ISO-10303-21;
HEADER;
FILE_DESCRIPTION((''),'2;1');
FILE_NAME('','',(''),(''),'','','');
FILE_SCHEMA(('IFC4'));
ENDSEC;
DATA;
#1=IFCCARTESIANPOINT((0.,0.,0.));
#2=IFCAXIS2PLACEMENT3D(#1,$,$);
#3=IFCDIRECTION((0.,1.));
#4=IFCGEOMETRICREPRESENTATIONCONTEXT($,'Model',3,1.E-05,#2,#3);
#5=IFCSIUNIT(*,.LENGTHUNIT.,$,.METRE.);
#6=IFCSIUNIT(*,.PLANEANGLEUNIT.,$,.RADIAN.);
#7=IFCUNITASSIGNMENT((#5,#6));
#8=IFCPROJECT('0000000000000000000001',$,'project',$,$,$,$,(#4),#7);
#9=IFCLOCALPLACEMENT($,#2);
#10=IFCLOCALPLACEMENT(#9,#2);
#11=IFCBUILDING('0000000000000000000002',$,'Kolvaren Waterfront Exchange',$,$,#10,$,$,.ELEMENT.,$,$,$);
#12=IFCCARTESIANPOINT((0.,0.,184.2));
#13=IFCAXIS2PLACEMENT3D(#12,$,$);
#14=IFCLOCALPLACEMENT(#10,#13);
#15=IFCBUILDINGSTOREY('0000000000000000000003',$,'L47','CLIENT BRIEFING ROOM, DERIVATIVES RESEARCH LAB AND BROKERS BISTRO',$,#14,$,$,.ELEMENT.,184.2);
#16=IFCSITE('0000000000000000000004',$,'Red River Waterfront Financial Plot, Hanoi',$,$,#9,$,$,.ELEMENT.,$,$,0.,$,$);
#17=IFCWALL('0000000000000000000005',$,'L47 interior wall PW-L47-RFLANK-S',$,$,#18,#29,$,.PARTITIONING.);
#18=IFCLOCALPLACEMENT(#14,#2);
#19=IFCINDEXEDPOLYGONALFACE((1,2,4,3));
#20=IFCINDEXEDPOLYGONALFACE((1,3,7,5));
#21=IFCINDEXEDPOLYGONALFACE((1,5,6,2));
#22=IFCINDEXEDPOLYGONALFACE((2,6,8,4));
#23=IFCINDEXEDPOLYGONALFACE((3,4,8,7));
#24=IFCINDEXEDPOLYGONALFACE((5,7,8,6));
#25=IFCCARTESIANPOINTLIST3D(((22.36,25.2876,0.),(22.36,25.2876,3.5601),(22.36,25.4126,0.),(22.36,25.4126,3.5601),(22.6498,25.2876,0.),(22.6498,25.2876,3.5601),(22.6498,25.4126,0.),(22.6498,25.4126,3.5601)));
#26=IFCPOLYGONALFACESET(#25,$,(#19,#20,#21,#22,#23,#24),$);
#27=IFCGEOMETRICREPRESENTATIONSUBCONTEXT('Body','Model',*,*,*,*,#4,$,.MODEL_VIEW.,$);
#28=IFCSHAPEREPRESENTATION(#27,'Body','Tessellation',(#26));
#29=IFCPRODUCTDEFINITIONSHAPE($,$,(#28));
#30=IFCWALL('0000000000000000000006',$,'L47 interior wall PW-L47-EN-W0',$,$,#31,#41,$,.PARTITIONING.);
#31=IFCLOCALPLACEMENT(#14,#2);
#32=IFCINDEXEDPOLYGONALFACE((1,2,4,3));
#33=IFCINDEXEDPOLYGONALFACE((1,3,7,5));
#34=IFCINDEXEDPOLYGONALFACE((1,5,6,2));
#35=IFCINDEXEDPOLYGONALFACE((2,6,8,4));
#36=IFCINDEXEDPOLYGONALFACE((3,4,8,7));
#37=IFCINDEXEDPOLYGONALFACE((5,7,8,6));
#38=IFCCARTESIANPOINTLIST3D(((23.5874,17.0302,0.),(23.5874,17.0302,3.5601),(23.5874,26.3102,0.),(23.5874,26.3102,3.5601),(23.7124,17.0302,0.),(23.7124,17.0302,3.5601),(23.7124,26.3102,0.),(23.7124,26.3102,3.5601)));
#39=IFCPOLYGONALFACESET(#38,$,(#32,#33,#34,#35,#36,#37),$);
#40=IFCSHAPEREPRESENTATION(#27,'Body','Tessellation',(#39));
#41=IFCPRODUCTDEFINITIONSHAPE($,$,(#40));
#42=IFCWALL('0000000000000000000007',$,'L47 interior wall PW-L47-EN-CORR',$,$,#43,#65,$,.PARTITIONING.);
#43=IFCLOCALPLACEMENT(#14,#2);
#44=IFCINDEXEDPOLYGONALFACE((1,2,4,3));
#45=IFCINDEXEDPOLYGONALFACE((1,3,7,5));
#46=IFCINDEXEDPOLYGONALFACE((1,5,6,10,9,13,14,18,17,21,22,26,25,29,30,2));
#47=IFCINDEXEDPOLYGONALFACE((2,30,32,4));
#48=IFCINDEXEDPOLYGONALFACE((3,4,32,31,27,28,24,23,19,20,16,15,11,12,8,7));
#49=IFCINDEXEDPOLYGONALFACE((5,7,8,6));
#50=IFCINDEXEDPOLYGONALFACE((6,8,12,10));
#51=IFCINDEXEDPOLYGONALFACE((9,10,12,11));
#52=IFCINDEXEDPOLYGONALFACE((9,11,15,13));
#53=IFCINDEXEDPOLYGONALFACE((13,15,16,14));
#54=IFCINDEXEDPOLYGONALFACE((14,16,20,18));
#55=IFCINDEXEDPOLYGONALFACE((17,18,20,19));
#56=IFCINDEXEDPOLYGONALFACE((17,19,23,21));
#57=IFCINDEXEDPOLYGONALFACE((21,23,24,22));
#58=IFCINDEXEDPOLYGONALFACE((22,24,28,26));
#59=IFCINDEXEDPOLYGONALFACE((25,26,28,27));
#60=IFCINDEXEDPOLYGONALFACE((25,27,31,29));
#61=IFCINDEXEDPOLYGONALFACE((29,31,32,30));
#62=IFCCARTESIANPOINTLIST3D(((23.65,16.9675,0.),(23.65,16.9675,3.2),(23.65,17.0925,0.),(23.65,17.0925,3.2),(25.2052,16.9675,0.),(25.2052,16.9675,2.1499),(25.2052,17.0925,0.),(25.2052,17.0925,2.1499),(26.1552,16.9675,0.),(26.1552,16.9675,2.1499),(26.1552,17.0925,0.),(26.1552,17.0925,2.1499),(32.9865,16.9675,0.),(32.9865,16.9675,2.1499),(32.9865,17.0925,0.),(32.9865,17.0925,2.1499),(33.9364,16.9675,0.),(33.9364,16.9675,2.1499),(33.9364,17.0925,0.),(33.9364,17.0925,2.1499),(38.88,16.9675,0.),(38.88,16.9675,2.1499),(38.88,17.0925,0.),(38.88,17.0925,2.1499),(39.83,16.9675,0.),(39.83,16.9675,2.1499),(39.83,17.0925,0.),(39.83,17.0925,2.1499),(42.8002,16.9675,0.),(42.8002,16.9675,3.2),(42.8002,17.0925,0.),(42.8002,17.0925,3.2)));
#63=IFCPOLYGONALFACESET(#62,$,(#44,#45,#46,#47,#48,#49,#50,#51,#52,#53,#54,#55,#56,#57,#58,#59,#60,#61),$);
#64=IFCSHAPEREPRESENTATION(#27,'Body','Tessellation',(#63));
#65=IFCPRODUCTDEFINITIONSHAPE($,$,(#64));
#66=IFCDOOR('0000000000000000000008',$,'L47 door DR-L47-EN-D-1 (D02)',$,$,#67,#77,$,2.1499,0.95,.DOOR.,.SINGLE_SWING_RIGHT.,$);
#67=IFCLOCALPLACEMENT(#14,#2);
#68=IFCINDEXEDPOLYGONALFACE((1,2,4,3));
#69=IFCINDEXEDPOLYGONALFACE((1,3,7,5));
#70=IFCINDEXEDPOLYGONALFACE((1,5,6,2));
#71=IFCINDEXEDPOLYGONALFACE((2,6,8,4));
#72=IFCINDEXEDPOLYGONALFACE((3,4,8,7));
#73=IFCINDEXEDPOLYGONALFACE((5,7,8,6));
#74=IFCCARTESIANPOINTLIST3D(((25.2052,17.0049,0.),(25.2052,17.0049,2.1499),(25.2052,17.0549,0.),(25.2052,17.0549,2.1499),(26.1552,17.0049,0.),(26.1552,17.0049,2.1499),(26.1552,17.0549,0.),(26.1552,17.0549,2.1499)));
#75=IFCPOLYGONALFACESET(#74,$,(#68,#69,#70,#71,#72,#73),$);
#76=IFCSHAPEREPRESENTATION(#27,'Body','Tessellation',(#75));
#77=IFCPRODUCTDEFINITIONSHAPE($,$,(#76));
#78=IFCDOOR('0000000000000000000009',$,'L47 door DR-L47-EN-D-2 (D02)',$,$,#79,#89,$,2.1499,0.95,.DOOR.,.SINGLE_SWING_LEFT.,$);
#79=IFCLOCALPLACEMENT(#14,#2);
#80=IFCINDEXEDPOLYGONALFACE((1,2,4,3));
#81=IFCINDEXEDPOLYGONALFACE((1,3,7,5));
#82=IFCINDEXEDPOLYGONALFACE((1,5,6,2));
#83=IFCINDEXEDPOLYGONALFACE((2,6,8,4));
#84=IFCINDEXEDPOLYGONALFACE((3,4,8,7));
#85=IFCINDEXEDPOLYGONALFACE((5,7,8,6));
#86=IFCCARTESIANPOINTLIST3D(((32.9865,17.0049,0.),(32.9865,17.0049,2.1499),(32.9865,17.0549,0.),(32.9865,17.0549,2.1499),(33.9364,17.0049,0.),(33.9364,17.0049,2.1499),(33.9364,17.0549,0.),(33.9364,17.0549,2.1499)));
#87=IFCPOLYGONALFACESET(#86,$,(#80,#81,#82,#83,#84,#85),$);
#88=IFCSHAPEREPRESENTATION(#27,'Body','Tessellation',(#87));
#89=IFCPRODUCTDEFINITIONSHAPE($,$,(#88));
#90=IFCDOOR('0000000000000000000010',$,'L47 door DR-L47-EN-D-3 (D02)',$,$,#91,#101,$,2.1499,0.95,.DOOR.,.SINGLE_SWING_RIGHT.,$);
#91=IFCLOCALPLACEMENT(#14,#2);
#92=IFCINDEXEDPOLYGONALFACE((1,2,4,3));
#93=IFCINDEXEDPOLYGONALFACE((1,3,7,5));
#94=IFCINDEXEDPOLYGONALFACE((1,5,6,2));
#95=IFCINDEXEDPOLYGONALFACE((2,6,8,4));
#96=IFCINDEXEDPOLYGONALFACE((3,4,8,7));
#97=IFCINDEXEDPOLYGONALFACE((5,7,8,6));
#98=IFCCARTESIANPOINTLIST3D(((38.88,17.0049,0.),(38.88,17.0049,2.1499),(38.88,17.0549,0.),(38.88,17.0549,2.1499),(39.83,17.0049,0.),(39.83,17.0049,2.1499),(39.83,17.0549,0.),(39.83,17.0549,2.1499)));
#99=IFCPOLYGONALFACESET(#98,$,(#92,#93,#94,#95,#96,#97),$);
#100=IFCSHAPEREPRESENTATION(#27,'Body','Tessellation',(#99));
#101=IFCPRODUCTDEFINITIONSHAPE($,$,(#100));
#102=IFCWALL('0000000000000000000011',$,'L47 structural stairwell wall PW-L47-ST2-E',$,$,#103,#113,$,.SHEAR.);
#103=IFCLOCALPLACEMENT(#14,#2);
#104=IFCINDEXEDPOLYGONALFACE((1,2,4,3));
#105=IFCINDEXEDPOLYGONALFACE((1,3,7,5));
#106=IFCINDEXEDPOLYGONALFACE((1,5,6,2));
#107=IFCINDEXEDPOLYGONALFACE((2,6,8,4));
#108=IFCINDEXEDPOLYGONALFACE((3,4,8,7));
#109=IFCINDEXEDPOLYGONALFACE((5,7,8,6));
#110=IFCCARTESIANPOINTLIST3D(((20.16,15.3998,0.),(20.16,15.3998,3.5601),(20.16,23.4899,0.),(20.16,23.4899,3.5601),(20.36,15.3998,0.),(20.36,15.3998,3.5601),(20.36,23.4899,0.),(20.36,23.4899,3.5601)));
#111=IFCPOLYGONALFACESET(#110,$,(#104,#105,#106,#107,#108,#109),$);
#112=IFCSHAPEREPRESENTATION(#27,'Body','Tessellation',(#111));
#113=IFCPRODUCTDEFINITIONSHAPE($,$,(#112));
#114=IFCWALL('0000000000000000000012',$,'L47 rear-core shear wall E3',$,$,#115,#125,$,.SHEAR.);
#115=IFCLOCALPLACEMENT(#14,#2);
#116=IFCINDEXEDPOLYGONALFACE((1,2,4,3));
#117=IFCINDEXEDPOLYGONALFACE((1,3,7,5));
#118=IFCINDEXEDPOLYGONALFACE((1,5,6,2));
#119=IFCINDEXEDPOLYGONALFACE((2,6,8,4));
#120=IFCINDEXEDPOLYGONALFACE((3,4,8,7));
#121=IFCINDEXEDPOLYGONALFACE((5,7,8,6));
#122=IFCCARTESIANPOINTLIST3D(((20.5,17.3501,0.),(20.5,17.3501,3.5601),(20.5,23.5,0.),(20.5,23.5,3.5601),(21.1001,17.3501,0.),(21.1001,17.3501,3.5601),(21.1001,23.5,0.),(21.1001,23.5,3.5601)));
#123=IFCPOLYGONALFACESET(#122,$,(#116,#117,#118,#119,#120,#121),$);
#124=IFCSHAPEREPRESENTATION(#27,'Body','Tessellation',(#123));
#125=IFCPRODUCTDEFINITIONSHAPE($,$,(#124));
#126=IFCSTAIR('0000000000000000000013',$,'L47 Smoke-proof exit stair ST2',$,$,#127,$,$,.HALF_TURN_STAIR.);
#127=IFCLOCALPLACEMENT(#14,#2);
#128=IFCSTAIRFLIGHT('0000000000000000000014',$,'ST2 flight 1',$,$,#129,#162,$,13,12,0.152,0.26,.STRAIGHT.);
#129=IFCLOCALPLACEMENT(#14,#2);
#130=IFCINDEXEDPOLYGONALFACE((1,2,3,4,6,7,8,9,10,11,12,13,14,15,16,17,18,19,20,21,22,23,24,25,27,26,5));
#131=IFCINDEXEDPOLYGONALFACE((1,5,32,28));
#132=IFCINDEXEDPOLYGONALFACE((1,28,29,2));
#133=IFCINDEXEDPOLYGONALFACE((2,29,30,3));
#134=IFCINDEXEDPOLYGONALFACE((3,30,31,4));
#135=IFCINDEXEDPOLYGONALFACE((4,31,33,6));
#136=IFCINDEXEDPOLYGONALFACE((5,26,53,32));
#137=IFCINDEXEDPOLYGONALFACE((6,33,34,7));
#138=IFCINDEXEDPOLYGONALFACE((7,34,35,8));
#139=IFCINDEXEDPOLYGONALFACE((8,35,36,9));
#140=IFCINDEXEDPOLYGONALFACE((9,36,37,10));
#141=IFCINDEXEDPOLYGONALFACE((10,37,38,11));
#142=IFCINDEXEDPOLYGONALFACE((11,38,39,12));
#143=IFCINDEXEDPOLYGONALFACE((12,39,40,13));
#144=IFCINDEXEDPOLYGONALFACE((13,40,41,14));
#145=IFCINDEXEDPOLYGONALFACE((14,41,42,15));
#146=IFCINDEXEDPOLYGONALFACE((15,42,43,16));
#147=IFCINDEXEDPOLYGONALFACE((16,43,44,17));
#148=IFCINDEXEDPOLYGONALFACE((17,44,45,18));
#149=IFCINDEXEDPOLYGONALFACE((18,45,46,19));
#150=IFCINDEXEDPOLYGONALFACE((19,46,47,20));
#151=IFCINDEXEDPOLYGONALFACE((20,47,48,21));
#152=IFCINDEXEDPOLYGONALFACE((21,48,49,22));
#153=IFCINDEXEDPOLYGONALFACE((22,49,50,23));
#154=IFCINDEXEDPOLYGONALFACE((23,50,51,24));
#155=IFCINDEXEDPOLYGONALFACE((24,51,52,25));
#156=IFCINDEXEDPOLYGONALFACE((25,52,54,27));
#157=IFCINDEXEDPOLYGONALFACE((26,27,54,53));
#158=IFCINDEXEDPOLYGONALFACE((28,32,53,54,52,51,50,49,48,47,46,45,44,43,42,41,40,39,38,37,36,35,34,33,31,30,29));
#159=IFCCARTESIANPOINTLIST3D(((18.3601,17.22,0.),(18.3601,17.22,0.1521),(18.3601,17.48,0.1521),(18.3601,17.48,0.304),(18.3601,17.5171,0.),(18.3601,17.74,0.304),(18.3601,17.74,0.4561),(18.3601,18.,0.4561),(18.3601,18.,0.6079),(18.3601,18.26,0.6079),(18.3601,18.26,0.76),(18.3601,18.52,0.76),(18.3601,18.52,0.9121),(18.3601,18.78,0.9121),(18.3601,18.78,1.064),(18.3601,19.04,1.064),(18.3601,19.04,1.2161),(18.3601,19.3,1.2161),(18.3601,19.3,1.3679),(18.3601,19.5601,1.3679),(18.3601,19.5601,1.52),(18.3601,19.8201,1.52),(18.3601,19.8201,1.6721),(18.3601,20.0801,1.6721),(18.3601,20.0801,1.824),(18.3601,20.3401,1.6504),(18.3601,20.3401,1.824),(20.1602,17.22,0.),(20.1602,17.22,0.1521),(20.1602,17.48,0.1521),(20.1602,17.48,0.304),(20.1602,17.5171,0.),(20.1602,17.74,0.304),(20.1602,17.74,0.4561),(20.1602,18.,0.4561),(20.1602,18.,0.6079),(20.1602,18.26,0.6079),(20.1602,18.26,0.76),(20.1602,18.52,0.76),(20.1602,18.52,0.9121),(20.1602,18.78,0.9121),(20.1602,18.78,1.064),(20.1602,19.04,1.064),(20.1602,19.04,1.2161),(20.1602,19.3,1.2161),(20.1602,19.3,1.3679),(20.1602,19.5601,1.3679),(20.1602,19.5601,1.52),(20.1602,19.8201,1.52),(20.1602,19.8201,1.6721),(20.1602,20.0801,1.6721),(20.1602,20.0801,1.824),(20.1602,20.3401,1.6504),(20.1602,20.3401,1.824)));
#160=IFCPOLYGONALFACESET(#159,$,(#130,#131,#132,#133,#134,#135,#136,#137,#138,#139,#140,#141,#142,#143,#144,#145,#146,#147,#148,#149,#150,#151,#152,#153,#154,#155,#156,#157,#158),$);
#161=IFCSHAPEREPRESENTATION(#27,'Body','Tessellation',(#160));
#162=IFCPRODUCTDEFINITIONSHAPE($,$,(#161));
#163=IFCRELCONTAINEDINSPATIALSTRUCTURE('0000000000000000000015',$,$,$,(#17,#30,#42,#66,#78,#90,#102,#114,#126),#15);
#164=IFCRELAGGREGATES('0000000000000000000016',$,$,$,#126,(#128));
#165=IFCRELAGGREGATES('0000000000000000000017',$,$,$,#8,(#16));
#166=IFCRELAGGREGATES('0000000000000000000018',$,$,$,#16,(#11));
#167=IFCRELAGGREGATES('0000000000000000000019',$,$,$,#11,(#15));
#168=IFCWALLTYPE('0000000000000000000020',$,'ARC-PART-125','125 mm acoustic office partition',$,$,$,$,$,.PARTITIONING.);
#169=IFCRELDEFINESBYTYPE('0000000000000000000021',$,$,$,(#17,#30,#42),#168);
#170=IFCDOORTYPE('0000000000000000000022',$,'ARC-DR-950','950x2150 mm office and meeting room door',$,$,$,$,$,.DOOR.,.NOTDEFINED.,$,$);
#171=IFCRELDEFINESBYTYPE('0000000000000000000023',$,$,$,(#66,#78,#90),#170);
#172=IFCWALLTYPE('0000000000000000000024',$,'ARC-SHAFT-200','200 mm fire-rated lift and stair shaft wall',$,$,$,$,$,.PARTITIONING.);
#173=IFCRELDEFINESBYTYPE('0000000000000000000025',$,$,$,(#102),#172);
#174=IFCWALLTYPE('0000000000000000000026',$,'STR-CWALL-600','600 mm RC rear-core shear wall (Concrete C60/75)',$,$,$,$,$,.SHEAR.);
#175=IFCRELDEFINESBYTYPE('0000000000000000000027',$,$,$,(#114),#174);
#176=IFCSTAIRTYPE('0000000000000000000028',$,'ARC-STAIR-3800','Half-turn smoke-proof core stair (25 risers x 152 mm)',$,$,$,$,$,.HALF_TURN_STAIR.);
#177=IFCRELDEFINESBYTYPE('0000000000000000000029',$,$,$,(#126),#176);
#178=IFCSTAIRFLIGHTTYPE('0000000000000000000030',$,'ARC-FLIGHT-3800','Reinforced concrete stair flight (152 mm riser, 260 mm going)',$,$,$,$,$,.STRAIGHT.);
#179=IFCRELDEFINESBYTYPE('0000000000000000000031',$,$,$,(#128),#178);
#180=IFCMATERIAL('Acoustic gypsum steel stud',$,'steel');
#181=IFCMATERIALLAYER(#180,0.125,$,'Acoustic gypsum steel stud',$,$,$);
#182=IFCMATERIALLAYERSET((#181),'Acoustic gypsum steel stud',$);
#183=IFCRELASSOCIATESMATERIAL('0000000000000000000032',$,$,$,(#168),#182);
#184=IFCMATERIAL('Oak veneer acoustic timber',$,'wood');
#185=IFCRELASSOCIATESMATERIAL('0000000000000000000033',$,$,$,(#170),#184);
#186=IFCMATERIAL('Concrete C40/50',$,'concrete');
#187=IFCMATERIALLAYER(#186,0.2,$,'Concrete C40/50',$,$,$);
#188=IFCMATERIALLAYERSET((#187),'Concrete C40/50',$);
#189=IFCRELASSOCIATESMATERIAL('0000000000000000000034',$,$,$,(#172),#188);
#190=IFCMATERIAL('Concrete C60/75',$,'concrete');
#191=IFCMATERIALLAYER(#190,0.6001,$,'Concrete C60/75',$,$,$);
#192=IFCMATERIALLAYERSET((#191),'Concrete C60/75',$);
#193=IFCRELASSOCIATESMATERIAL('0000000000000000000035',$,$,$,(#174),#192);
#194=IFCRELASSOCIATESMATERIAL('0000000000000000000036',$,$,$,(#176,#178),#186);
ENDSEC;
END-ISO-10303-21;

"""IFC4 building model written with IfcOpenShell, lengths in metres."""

from ifc_helpers import new_model, si_unit, direction, frame, frame_2d, origin, place, context, subcontext, project, spatial, polyline, rectangle, outline, extrude, material, layer, layer_set, type_object, element, fill, aggregate, save


model = new_model("IFC4")

# Units and contexts
model_context = context("Model", 3, precision=1e-05, world=origin(), true_north=direction((0.0, 1.0)))
body_context = subcontext(model_context, "Body", "Model", "MODEL_VIEW")
ifc_project = project(units=[si_unit("LENGTHUNIT", "METRE"), si_unit("PLANEANGLEUNIT", "RADIAN")], contexts=[model_context])

# Site, building, storey
site_placement = place(None, origin())
site = spatial("IfcSite", under=ifc_project, at=site_placement, Name="Red River Waterfront Financial Plot, Hanoi", CompositionType="ELEMENT", RefElevation=0.0)
building_placement = place(site_placement, origin())
building = spatial("IfcBuilding", under=site, at=building_placement, Name="Kolvaren Waterfront Exchange", CompositionType="ELEMENT")
storey_placement = place(building_placement, frame((0.0, 0.0, 184.2)))
storey = spatial("IfcBuildingStorey", under=building, at=storey_placement, Name="L47", Description="CLIENT BRIEFING ROOM, DERIVATIVES RESEARCH LAB AND BROKERS BISTRO", CompositionType="ELEMENT", Elevation=184.2)

# Shared definitions
ifc_material_1 = material(Name="Concrete C60/75", Category="concrete")

# Shared definitions
ifc_material_2 = material(Name="Acoustic gypsum steel stud", Category="steel")
ifc_layer_1 = layer(ifc_material_2, 0.125, Name="Acoustic gypsum steel stud")
ifc_layer_set_1 = layer_set([ifc_layer_1], Name="Acoustic gypsum steel stud")
wall_type_1 = type_object("IfcWallType", Name="ARC-PART-125", Description="125 mm acoustic office partition", PredefinedType="PARTITIONING", material=ifc_layer_set_1)
ifc_material_3 = material(Name="Oak veneer acoustic timber", Category="wood")
door_type_1 = type_object("IfcDoorType", Name="ARC-DR-950", Description="950x2150 mm office and meeting room door", OperationType="NOTDEFINED", PredefinedType="DOOR", material=ifc_material_3)

# Walls
wall_1_placement = place(storey_placement, frame((22.6499, 25.3501, 0.0), z_axis=(0.0, 0.0, 1.0), x_axis=(-1.0, 0.0, 0.0)))
element("IfcWall", 1, at=wall_1_placement, inside=storey, type_object=wall_type_1, Name="L47 interior wall PW-L47-RFLANK-S", PredefinedType="PARTITIONING", context=body_context, shape_type="SweptSolid", body=[
    extrude(rectangle(XDim=0.2898, YDim=0.125, at=frame_2d((0.145, 0.0))), origin(), (0.0, 0.0, 1.0), 3.5601),
])
wall_2_placement = place(storey_placement, frame((23.6499, 17.03, 0.0), z_axis=(0.0, 0.0, 1.0), x_axis=(0.0, 1.0, 0.0)))
element("IfcWall", 2, at=wall_2_placement, inside=storey, type_object=wall_type_1, Name="L47 interior wall PW-L47-EN-W0", PredefinedType="PARTITIONING", context=body_context, shape_type="SweptSolid", body=[
    extrude(rectangle(XDim=9.28, YDim=0.125, at=frame_2d((4.6401, 0.0))), origin(), (0.0, 0.0, 1.0), 3.5601),
])

# Wall, openings, doors
wall_3_placement = place(storey_placement, frame((23.6499, 17.03, 0.0), z_axis=(0.0, 0.0, 1.0), x_axis=(1.0, 0.0, 0.0)))
wall_3 = element("IfcWall", 3, at=wall_3_placement, inside=storey, type_object=wall_type_1, Name="L47 interior wall PW-L47-EN-CORR", PredefinedType="PARTITIONING", context=body_context, shape_type="SweptSolid", body=[
    extrude(rectangle(XDim=19.1501, YDim=0.125, at=frame_2d((9.5752, 0.0))), origin(), (0.0, 0.0, 1.0), 3.2),
])
opening_1_placement = place(wall_3_placement, frame((1.5552, 0.0, 0.0)))
opening_1 = element("IfcOpeningElement", 4, at=opening_1_placement, cuts=wall_3, PredefinedType="OPENING", context=body_context, shape_type="SweptSolid", body=[
    extrude(rectangle(XDim=0.95, YDim=2.1499, at=frame_2d((0.4751, 1.075))), frame((0.0, 0.0725, 0.0), z_axis=(0.0, -1.0, 0.0), x_axis=(1.0, 0.0, 0.0)), (0.0, 0.0, 1.0), 0.145),
])
opening_2_placement = place(wall_3_placement, frame((9.3364, 0.0, 0.0)))
opening_2 = element("IfcOpeningElement", 5, at=opening_2_placement, cuts=wall_3, PredefinedType="OPENING", context=body_context, shape_type="SweptSolid", body=[
    extrude(rectangle(XDim=0.95, YDim=2.1499, at=frame_2d((0.4751, 1.075))), frame((0.0, 0.0725, 0.0), z_axis=(0.0, -1.0, 0.0), x_axis=(1.0, 0.0, 0.0)), (0.0, 0.0, 1.0), 0.145),
])
opening_3_placement = place(wall_3_placement, frame((15.23, 0.0, 0.0)))
opening_3 = element("IfcOpeningElement", 6, at=opening_3_placement, cuts=wall_3, PredefinedType="OPENING", context=body_context, shape_type="SweptSolid", body=[
    extrude(rectangle(XDim=0.95, YDim=2.1499, at=frame_2d((0.4751, 1.075))), frame((0.0, 0.0725, 0.0), z_axis=(0.0, -1.0, 0.0), x_axis=(1.0, 0.0, 0.0)), (0.0, 0.0, 1.0), 0.145),
])
door_1_placement = place(opening_1_placement, origin())
door_1 = element("IfcDoor", 7, at=door_1_placement, inside=storey, type_object=door_type_1, Name="L47 door DR-L47-EN-D-1 (D02)", OperationType="SINGLE_SWING_RIGHT", OverallHeight=2.1499, OverallWidth=0.95, PredefinedType="DOOR", context=body_context, shape_type="SweptSolid", body=[
    extrude(rectangle(XDim=0.95, YDim=2.1499, at=frame_2d((0.4751, 1.075))), frame((0.0, 0.0249, 0.0), z_axis=(0.0, -1.0, 0.0), x_axis=(1.0, 0.0, 0.0)), (0.0, 0.0, 1.0), 0.05),
])
fill(opening_1, door_1)
door_2_placement = place(opening_2_placement, origin())
door_2 = element("IfcDoor", 8, at=door_2_placement, inside=storey, type_object=door_type_1, Name="L47 door DR-L47-EN-D-2 (D02)", OperationType="SINGLE_SWING_LEFT", OverallHeight=2.1499, OverallWidth=0.95, PredefinedType="DOOR", context=body_context, shape_type="SweptSolid", body=[
    extrude(rectangle(XDim=0.95, YDim=2.1499, at=frame_2d((0.4751, 1.075))), frame((0.0, 0.0249, 0.0), z_axis=(0.0, -1.0, 0.0), x_axis=(1.0, 0.0, 0.0)), (0.0, 0.0, 1.0), 0.05),
])
fill(opening_2, door_2)
door_3_placement = place(opening_3_placement, origin())
door_3 = element("IfcDoor", 9, at=door_3_placement, inside=storey, type_object=door_type_1, Name="L47 door DR-L47-EN-D-3 (D02)", OperationType="SINGLE_SWING_RIGHT", OverallHeight=2.1499, OverallWidth=0.95, PredefinedType="DOOR", context=body_context, shape_type="SweptSolid", body=[
    extrude(rectangle(XDim=0.95, YDim=2.1499, at=frame_2d((0.4751, 1.075))), frame((0.0, 0.0249, 0.0), z_axis=(0.0, -1.0, 0.0), x_axis=(1.0, 0.0, 0.0)), (0.0, 0.0, 1.0), 0.05),
])
fill(opening_3, door_3)

# Walls
ifc_material_4 = material(Name="Concrete C40/50", Category="concrete")
ifc_layer_2 = layer(ifc_material_4, 0.2, Name="Concrete C40/50")
ifc_layer_set_2 = layer_set([ifc_layer_2], Name="Concrete C40/50")
wall_type_2 = type_object("IfcWallType", Name="ARC-SHAFT-200", Description="200 mm fire-rated lift and stair shaft wall", PredefinedType="PARTITIONING", material=ifc_layer_set_2)
wall_4_placement = place(storey_placement, frame((20.26, 15.3999, 0.0), z_axis=(0.0, 0.0, 1.0), x_axis=(0.0, 1.0, 0.0)))
element("IfcWall", 10, at=wall_4_placement, inside=storey, type_object=wall_type_2, Name="L47 structural stairwell wall PW-L47-ST2-E", PredefinedType="SHEAR", context=body_context, shape_type="SweptSolid", body=[
    extrude(rectangle(XDim=8.0901, YDim=0.2, at=frame_2d((4.0449, 0.0))), origin(), (0.0, 0.0, 1.0), 3.5601),
])
ifc_layer_3 = layer(ifc_material_1, 0.6001, Name="Concrete C60/75")
ifc_layer_set_3 = layer_set([ifc_layer_3], Name="Concrete C60/75")
wall_type_3 = type_object("IfcWallType", Name="STR-CWALL-600", Description="600 mm RC rear-core shear wall (Concrete C60/75)", PredefinedType="SHEAR", material=ifc_layer_set_3)
wall_5_placement = place(storey_placement, frame((20.8, 17.3501, 0.0), z_axis=(0.0, 0.0, 1.0), x_axis=(0.0, 1.0, 0.0)))
element("IfcWall", 11, at=wall_5_placement, inside=storey, type_object=wall_type_3, Name="L47 rear-core shear wall E3", PredefinedType="SHEAR", context=body_context, shape_type="SweptSolid", body=[
    extrude(rectangle(XDim=6.1499, YDim=0.6001, at=frame_2d((3.075, 0.0))), origin(), (0.0, 0.0, 1.0), 3.5601),
])

# Stair, stair flight
stair_type = type_object("IfcStairType", Name="ARC-STAIR-3800", Description="Half-turn smoke-proof core stair (25 risers x 152 mm)", PredefinedType="HALF_TURN_STAIR", material=ifc_material_4)
stair_placement = place(storey_placement, origin())
stair = element("IfcStair", 12, at=stair_placement, inside=storey, type_object=stair_type, Name="L47 Smoke-proof exit stair ST2", PredefinedType="HALF_TURN_STAIR")
stair_flight_type = type_object("IfcStairFlightType", Name="ARC-FLIGHT-3800", Description="Reinforced concrete stair flight (152 mm riser, 260 mm going)", PredefinedType="STRAIGHT", material=ifc_material_4)
stair_flight_placement = place(storey_placement, frame((19.26, 17.22, 0.0), z_axis=(0.0, 0.0, 1.0), x_axis=(0.0, 1.0, 0.0)))
stair_flight = element("IfcStairFlight", 13, at=stair_flight_placement, type_object=stair_flight_type, Name="ST2 flight 1", NumberOfRisers=13, NumberOfTreads=12, PredefinedType="STRAIGHT", RiserHeight=0.152, TreadLength=0.26, context=body_context, shape_type="SweptSolid", body=[
    extrude(outline(polyline([(0.0, 0.0), (0.0, 0.1521), (0.26, 0.1521), (0.26, 0.304), (0.52, 0.304), (0.52, 0.4561), (0.78, 0.4561), (0.78, 0.6079), (1.04, 0.6079), (1.04, 0.76), (1.3, 0.76), (1.3, 0.9121), (1.5601, 0.9121), (1.5601, 1.064), (1.8201, 1.064), (1.8201, 1.2161), (2.0801, 1.2161), (2.0801, 1.3679), (2.3401, 1.3679), (2.3401, 1.52), (2.6001, 1.52), (2.6001, 1.6721), (2.8601, 1.6721), (2.8601, 1.824), (3.1201, 1.824), (3.1201, 1.9761), (3.1201, 1.6504), (0.2971, 0.0), (0.0, 0.0)])), frame((0.0, 0.8999, 0.0), z_axis=(0.0, -1.0, 0.0), x_axis=(1.0, 0.0, 0.0)), (0.0, 0.0, 1.0), 1.8),
])
aggregate(stair, [stair_flight])

save(model, "model.ifc")
